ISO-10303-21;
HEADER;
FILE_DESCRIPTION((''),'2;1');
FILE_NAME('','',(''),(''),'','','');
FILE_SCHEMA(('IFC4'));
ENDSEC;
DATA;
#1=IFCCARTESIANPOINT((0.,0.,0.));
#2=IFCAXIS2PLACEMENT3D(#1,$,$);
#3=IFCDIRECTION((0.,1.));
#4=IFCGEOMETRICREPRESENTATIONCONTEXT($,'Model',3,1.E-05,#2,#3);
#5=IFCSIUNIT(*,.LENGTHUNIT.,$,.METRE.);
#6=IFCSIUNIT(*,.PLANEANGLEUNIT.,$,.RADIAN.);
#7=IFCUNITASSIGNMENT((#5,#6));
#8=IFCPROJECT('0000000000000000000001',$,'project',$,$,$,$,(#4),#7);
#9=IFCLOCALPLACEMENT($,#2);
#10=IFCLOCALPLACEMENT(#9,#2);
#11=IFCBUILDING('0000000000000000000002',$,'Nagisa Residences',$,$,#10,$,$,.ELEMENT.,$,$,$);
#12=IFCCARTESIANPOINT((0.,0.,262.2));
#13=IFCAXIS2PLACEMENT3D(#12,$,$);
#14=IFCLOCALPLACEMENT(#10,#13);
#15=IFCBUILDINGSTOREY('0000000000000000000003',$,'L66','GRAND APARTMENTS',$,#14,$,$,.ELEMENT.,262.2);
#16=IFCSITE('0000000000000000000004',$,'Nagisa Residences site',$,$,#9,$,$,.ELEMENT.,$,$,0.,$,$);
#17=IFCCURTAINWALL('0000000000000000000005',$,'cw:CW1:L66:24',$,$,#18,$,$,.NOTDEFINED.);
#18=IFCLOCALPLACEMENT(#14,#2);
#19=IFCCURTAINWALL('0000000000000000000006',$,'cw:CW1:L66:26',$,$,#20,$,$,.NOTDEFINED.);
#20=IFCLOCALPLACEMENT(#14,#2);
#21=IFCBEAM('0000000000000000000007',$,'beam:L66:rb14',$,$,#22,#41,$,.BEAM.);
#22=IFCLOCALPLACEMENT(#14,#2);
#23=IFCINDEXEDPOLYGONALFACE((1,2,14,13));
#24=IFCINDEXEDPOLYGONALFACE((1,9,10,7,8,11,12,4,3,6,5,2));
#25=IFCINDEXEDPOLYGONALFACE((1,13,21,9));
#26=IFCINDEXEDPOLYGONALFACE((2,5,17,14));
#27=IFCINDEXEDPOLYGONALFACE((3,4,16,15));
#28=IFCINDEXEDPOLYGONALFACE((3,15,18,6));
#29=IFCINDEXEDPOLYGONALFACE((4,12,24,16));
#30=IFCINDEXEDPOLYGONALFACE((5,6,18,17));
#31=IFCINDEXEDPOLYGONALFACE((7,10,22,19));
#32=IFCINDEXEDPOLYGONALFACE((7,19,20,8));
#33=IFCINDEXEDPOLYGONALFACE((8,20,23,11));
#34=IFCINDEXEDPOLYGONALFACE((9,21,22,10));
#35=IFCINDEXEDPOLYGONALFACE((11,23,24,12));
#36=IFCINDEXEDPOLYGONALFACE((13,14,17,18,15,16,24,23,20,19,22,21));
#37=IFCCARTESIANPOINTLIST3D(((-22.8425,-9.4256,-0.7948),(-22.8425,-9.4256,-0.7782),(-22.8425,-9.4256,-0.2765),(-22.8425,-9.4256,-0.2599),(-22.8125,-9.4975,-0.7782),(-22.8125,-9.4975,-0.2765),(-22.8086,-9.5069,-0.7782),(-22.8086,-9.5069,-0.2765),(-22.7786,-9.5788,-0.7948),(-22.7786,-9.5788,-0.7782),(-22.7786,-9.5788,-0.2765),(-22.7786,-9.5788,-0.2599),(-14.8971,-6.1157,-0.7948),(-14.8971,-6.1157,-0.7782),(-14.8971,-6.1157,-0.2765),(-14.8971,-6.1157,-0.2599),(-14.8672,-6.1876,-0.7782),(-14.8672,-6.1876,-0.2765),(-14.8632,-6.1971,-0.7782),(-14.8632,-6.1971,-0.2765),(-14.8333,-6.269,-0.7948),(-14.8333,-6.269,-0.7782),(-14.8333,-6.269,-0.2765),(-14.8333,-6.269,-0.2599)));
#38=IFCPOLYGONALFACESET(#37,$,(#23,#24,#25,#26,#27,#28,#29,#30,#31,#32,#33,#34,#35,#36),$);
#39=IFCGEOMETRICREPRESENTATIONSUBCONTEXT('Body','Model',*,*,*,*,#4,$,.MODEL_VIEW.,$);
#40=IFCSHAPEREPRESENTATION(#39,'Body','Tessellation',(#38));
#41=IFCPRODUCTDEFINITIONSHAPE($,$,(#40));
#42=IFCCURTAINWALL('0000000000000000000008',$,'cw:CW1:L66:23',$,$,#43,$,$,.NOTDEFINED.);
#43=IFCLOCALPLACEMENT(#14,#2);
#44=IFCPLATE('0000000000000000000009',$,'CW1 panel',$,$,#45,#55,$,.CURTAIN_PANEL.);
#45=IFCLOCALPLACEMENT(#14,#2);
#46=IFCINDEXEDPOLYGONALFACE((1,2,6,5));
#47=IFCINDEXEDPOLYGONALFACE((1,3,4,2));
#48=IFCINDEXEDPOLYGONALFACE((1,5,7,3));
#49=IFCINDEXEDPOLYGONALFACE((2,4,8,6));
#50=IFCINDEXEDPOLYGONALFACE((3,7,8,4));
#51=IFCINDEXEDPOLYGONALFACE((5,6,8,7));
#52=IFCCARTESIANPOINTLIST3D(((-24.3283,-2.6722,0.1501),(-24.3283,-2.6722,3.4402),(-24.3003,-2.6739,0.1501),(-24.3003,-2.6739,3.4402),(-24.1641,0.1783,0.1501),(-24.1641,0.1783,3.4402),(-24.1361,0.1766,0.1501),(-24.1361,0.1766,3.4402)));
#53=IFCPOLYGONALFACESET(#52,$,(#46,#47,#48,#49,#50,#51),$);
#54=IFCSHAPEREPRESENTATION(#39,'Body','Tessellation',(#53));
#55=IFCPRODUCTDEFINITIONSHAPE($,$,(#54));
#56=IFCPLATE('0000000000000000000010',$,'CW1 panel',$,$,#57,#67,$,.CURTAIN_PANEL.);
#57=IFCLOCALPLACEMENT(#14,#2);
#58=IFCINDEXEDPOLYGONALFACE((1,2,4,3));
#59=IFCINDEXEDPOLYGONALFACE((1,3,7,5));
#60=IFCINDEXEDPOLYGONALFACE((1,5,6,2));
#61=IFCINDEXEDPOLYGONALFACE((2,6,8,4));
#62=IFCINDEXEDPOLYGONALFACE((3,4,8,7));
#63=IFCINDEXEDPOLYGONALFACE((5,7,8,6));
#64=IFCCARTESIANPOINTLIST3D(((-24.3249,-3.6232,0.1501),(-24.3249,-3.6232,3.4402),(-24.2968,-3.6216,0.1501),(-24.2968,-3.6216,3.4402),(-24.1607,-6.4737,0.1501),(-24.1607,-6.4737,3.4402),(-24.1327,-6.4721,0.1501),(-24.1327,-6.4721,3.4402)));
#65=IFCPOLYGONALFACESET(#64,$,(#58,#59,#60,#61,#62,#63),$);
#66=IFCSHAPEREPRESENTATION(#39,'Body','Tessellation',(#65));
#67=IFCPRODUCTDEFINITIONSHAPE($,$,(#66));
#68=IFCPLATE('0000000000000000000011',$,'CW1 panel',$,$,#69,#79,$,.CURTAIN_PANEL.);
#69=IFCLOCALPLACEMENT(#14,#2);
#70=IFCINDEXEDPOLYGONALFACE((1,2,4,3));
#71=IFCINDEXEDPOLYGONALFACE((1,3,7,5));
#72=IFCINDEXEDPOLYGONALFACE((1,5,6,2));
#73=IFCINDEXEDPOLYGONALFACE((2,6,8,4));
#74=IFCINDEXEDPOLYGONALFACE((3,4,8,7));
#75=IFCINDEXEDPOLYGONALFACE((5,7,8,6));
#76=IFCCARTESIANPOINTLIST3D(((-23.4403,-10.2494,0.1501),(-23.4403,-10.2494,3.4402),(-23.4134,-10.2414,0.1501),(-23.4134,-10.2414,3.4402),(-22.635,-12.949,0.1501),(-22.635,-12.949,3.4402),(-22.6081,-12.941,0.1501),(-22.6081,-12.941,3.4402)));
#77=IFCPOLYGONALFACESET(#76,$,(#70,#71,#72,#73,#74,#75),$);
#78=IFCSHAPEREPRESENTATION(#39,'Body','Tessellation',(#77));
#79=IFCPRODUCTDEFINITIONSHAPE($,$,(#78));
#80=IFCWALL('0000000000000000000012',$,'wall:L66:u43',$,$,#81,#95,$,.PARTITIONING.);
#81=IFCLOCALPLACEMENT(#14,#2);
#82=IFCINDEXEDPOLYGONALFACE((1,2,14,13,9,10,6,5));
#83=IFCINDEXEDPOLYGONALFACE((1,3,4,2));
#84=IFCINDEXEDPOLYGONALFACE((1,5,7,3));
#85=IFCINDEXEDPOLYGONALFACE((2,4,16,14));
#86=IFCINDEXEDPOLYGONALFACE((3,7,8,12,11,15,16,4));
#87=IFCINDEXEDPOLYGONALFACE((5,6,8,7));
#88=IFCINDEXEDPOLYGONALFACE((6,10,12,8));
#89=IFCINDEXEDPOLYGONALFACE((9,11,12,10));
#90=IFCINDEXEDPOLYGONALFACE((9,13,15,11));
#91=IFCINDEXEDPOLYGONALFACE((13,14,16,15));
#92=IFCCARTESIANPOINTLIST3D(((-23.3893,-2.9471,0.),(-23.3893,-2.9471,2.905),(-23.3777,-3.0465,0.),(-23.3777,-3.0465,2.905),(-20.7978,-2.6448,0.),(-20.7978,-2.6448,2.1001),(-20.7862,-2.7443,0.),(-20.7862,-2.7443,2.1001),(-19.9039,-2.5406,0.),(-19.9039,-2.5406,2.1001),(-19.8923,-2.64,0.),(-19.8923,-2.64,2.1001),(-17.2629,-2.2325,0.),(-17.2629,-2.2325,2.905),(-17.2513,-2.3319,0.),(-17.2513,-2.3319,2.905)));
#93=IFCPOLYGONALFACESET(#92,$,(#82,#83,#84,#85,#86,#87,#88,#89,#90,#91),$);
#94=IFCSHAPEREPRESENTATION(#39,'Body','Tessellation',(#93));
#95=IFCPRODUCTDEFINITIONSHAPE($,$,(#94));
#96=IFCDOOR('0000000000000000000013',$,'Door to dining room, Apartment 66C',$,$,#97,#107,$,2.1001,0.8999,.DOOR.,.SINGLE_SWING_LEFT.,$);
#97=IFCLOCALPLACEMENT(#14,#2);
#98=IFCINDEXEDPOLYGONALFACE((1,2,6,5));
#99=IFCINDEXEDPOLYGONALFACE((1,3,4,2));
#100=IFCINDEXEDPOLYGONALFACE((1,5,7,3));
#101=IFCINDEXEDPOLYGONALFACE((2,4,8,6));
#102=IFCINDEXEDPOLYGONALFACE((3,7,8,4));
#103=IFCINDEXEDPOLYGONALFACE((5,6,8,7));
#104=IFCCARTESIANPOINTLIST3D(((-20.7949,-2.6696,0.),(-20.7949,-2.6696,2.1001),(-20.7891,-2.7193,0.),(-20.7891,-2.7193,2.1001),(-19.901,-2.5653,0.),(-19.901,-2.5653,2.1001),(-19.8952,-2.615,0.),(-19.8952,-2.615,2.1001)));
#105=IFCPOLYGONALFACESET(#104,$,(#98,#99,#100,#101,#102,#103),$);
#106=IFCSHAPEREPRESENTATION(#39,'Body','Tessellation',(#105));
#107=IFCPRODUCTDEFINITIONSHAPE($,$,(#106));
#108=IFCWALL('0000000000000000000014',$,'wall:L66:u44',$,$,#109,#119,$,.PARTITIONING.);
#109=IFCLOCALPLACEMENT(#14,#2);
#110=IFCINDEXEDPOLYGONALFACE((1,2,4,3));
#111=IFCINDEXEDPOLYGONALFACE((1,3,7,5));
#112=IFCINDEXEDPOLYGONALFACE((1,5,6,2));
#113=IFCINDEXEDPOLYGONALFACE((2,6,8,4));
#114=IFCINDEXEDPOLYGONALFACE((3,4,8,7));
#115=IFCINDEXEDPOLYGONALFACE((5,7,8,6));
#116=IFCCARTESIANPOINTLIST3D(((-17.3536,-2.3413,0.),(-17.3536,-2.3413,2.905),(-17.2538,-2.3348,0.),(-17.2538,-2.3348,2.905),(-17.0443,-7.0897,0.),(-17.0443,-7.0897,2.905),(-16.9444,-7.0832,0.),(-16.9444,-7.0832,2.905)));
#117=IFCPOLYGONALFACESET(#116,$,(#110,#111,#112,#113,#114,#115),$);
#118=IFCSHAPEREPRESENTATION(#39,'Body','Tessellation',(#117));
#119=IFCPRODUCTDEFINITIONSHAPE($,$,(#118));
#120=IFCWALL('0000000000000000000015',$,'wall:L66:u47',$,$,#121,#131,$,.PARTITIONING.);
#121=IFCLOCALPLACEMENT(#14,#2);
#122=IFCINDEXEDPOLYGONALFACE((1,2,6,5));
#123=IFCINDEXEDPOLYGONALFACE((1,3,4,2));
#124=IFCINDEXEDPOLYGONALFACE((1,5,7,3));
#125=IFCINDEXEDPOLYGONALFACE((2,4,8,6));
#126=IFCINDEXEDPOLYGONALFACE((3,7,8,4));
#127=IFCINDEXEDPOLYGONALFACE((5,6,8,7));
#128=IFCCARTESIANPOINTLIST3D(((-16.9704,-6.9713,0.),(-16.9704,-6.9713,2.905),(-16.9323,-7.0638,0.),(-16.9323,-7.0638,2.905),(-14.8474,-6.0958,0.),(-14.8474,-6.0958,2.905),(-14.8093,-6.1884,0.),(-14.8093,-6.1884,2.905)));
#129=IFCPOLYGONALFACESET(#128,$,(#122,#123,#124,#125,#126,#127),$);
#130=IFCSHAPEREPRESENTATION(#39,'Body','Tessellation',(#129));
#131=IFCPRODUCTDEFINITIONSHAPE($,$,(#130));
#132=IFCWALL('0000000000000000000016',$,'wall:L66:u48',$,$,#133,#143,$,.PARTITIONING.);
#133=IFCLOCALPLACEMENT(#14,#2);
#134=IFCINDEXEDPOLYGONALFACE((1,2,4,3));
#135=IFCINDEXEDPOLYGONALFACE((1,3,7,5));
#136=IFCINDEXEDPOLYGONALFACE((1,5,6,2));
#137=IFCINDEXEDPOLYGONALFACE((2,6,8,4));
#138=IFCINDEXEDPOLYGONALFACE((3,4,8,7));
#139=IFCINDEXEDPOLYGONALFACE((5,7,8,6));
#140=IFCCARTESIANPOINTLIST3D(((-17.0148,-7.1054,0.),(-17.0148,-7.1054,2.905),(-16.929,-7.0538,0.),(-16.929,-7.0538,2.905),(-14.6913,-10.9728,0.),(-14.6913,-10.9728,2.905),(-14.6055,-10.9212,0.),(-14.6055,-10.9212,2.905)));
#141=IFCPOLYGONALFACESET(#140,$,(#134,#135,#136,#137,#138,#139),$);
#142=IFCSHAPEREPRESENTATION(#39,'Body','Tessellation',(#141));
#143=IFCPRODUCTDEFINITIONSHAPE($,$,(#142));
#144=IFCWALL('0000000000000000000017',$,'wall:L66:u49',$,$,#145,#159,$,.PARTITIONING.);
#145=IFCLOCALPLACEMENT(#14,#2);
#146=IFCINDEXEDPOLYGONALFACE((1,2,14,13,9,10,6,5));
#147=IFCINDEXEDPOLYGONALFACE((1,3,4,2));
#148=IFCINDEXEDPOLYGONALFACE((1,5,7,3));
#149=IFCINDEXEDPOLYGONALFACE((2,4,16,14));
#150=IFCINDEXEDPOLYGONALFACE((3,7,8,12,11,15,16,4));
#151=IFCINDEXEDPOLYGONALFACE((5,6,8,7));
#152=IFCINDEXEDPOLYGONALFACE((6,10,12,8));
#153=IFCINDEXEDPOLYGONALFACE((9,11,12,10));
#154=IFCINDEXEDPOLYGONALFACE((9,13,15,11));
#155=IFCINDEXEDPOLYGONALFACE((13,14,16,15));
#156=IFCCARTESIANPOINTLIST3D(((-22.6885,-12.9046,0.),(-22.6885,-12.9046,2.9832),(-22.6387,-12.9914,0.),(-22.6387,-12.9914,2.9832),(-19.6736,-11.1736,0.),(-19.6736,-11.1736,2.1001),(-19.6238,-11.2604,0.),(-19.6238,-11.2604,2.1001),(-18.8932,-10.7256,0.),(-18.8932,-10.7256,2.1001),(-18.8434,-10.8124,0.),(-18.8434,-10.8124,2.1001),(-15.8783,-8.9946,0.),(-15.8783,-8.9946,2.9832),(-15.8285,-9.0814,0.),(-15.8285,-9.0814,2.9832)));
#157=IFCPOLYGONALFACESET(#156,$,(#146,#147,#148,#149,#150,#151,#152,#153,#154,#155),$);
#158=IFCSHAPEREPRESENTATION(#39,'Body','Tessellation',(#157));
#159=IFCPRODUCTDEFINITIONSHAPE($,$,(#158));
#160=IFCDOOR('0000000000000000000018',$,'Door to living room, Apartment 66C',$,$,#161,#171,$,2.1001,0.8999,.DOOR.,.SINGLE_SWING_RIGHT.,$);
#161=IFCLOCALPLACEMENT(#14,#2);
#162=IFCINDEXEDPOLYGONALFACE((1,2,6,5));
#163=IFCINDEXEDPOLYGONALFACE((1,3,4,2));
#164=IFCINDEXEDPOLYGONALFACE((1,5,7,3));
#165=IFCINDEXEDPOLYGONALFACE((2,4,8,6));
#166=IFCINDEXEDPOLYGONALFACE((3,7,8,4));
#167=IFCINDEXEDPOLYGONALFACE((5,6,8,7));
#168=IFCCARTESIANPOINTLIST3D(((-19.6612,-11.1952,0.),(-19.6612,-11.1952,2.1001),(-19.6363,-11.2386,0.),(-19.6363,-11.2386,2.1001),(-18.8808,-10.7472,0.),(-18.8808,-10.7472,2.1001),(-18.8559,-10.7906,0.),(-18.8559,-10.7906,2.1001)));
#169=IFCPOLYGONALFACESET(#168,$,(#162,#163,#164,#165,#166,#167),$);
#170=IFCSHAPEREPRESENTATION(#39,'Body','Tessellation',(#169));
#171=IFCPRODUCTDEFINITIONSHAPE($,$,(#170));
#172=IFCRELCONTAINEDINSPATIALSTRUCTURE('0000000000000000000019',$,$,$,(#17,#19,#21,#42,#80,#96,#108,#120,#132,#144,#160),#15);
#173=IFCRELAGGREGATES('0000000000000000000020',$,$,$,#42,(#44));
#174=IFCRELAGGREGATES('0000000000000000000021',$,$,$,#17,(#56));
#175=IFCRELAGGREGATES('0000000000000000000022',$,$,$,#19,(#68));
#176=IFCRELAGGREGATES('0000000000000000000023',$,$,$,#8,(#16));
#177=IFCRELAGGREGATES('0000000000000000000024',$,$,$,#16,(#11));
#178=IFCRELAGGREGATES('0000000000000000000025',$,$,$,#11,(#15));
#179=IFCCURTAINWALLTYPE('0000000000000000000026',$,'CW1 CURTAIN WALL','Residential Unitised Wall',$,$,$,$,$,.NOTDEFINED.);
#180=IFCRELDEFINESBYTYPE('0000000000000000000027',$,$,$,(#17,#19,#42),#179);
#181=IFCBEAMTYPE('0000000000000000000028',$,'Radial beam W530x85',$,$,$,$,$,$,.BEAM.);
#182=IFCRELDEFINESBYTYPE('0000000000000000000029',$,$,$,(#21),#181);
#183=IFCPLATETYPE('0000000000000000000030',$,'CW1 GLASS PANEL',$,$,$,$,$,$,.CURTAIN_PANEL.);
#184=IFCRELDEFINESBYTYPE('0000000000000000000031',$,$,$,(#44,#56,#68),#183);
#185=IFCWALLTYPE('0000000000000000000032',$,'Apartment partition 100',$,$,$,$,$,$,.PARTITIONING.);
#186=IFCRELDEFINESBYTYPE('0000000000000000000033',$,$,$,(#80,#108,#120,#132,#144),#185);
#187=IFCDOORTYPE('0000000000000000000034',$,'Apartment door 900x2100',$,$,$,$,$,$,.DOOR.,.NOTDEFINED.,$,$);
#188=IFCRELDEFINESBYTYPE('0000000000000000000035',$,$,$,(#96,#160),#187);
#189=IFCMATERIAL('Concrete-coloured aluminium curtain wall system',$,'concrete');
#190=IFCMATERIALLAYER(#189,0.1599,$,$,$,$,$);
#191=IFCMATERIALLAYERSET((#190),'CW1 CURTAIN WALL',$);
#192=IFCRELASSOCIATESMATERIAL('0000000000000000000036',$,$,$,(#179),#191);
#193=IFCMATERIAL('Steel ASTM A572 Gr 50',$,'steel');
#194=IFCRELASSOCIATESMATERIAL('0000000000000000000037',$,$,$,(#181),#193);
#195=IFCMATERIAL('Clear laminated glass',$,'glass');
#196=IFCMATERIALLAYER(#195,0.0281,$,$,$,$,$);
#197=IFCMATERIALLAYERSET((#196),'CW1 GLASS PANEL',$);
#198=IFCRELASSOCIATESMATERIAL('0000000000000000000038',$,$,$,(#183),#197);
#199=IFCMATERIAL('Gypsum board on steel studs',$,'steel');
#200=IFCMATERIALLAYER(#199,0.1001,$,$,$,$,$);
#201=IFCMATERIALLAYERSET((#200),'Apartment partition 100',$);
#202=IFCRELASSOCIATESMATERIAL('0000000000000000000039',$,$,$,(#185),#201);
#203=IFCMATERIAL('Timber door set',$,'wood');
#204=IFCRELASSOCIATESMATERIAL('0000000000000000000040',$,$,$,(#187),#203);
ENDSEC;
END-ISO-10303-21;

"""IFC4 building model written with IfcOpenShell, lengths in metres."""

from ifc_helpers import new_model, si_unit, direction, frame, frame_2d, origin, origin_2d, place, context, subcontext, project, spatial, rectangle, i_section, extrude, material, layer, layer_set, material_profile, profile_set, type_object, element, fill, aggregate, save


model = new_model("IFC4")

# Units and contexts
model_context = context("Model", 3, precision=1e-05, world=origin(), true_north=direction((0.0, 1.0)))
body_context = subcontext(model_context, "Body", "Model", "MODEL_VIEW")
ifc_project = project(units=[si_unit("LENGTHUNIT", "METRE"), si_unit("PLANEANGLEUNIT", "RADIAN")], contexts=[model_context])

# Site, building, storey
site_placement = place(None, origin())
site = spatial("IfcSite", under=ifc_project, at=site_placement, Name="Nagisa Residences site", CompositionType="ELEMENT", RefElevation=0.0)
building_placement = place(site_placement, origin())
building = spatial("IfcBuilding", under=site, at=building_placement, Name="Nagisa Residences", CompositionType="ELEMENT")
storey_placement = place(building_placement, frame((0.0, 0.0, 262.2)))
storey = spatial("IfcBuildingStorey", under=building, at=storey_placement, Name="L66", Description="GRAND APARTMENTS", CompositionType="ELEMENT", Elevation=262.2)

# Curtain walls
ifc_material_1 = material(Name="Concrete-coloured aluminium curtain wall system", Category="concrete")
ifc_layer_1 = layer(ifc_material_1, 0.1599)
ifc_layer_set_1 = layer_set([ifc_layer_1], Name="CW1 CURTAIN WALL")
curtain_wall_type = type_object("IfcCurtainWallType", Name="CW1 CURTAIN WALL", Description="Residential Unitised Wall", PredefinedType="NOTDEFINED", material=ifc_layer_set_1)
curtain_wall_1_placement = place(storey_placement, origin())
curtain_wall_1 = element("IfcCurtainWall", 1, at=curtain_wall_1_placement, inside=storey, type_object=curtain_wall_type, Name="cw:CW1:L66:24", PredefinedType="NOTDEFINED")
curtain_wall_2_placement = place(storey_placement, origin())
curtain_wall_2 = element("IfcCurtainWall", 2, at=curtain_wall_2_placement, inside=storey, type_object=curtain_wall_type, Name="cw:CW1:L66:26", PredefinedType="NOTDEFINED")

# Beam
ifc_material_2 = material(Name="Steel ASTM A572 Gr 50", Category="steel")
ifc_material_profile_1 = material_profile(ifc_material_2, i_section(OverallWidth=0.166, OverallDepth=0.5349, WebThickness=0.0103, FlangeThickness=0.0166, at=origin_2d()), Name="W530x85")
ifc_profile_set_1 = profile_set([ifc_material_profile_1], Name="Steel ASTM A572 Gr 50")
beam_type_1 = type_object("IfcBeamType", Name="Radial beam W530x85", PredefinedType="BEAM", material=ifc_profile_set_1)
beam_1_placement = place(storey_placement, frame((-22.8105, -9.5022, -0.5273), z_axis=(0.923107, 0.384543, 0.0), x_axis=(-0.384543, 0.923107, 0.0)))
element("IfcBeam", 3, at=beam_1_placement, inside=storey, type_object=beam_type_1, Name="beam:L66:rb14", PredefinedType="BEAM", context=body_context, shape_type="SweptSolid", body=[
    extrude(i_section(OverallWidth=0.166, OverallDepth=0.5349, WebThickness=0.0103, FlangeThickness=0.0166, at=origin_2d()), origin(), (0.0, 0.0, 1.0), 8.6072),
])

# Curtain wall, plate
curtain_wall_3_placement = place(storey_placement, origin())
curtain_wall_3 = element("IfcCurtainWall", 4, at=curtain_wall_3_placement, inside=storey, type_object=curtain_wall_type, Name="cw:CW1:L66:23", PredefinedType="NOTDEFINED")
ifc_material_3 = material(Name="Clear laminated glass", Category="glass")
ifc_layer_2 = layer(ifc_material_3, 0.0281)
ifc_layer_set_2 = layer_set([ifc_layer_2], Name="CW1 GLASS PANEL")
plate_type = type_object("IfcPlateType", Name="CW1 GLASS PANEL", PredefinedType="CURTAIN_PANEL", material=ifc_layer_set_2)
plate_1_placement = place(storey_placement, frame((-24.2322, -1.2478, 0.1501), z_axis=(0.0, 0.0, 1.0), x_axis=(-0.057503, -0.998345, 0.0)))
plate_1 = element("IfcPlate", 5, at=plate_1_placement, type_object=plate_type, Name="CW1 panel", PredefinedType="CURTAIN_PANEL", context=body_context, shape_type="SweptSolid", body=[
    extrude(rectangle(XDim=2.8552, YDim=0.0281, at=origin_2d()), origin(), (0.0, 0.0, 1.0), 3.29),
])
aggregate(curtain_wall_3, [plate_1])

# Plates
plate_2_placement = place(storey_placement, frame((-24.2288, -5.0476, 0.1501), z_axis=(0.0, 0.0, 1.0), x_axis=(0.057503, -0.998345, 0.0)))
plate_2 = element("IfcPlate", 6, at=plate_2_placement, type_object=plate_type, Name="CW1 panel", PredefinedType="CURTAIN_PANEL", context=body_context, shape_type="SweptSolid", body=[
    extrude(rectangle(XDim=2.8552, YDim=0.0281, at=origin_2d()), origin(), (0.0, 0.0, 1.0), 3.29),
])
aggregate(curtain_wall_1, [plate_2])
plate_3_placement = place(storey_placement, frame((-23.0242, -11.5952, 0.1501), z_axis=(0.0, 0.0, 1.0), x_axis=(0.28586, -0.958271, 0.0)))
plate_3 = element("IfcPlate", 7, at=plate_3_placement, type_object=plate_type, Name="CW1 panel", PredefinedType="CURTAIN_PANEL", context=body_context, shape_type="SweptSolid", body=[
    extrude(rectangle(XDim=2.8171, YDim=0.0281, at=origin_2d()), origin(), (0.0, 0.0, 1.0), 3.29),
])
aggregate(curtain_wall_2, [plate_3])

# Wall, opening, door
ifc_material_4 = material(Name="Gypsum board on steel studs", Category="steel")
ifc_layer_3 = layer(ifc_material_4, 0.1001)
ifc_layer_set_3 = layer_set([ifc_layer_3], Name="Apartment partition 100")
wall_type_1 = type_object("IfcWallType", Name="Apartment partition 100", PredefinedType="PARTITIONING", material=ifc_layer_set_3)
wall_1_placement = place(storey_placement, frame((-17.2571, -2.2822, 0.0), z_axis=(0.0, 0.0, 1.0), x_axis=(-0.993266, -0.115856, 0.0)))
wall_1 = element("IfcWall", 8, at=wall_1_placement, inside=storey, type_object=wall_type_1, Name="wall:L66:u43", PredefinedType="PARTITIONING", context=body_context, shape_type="SweptSolid", body=[
    extrude(rectangle(XDim=6.168, YDim=0.1001, at=frame_2d((3.084, 0.0))), origin(), (0.0, 0.0, 1.0), 2.905),
])
opening_1_placement = place(wall_1_placement, frame((2.6589, 0.0, 0.0)))
opening_1 = element("IfcOpeningElement", 9, at=opening_1_placement, cuts=wall_1, PredefinedType="OPENING", context=body_context, shape_type="SweptSolid", body=[
    extrude(rectangle(XDim=0.8999, YDim=2.1001, at=frame_2d((0.45, 1.05))), frame((0.0, 0.0601, 0.0), z_axis=(0.0, -1.0, 0.0), x_axis=(1.0, 0.0, 0.0)), (0.0, 0.0, 1.0), 0.1201),
])
ifc_material_5 = material(Name="Timber door set", Category="wood")
door_type_1 = type_object("IfcDoorType", Name="Apartment door 900x2100", OperationType="NOTDEFINED", PredefinedType="DOOR", material=ifc_material_5)
door_1_placement = place(opening_1_placement, origin())
door_1 = element("IfcDoor", 10, at=door_1_placement, inside=storey, type_object=door_type_1, Name="Door to dining room, Apartment 66C", OperationType="SINGLE_SWING_LEFT", OverallHeight=2.1001, OverallWidth=0.8999, PredefinedType="DOOR", context=body_context, shape_type="SweptSolid", body=[
    extrude(rectangle(XDim=0.8999, YDim=2.1001, at=frame_2d((0.45, 1.05))), frame((0.0, 0.0249, 0.0), z_axis=(0.0, -1.0, 0.0), x_axis=(1.0, 0.0, 0.0)), (0.0, 0.0, 1.0), 0.05),
])
fill(opening_1, door_1)

# Walls
wall_2_placement = place(storey_placement, frame((-17.3037, -2.3379, 0.0), z_axis=(0.0, 0.0, 1.0), x_axis=(0.065004, -0.997885, 0.0)))
element("IfcWall", 11, at=wall_2_placement, inside=storey, type_object=wall_type_1, Name="wall:L66:u44", PredefinedType="PARTITIONING", context=body_context, shape_type="SweptSolid", body=[
    extrude(rectangle(XDim=4.7585, YDim=0.1001, at=frame_2d((2.3794, 0.0))), origin(), (0.0, 0.0, 1.0), 2.905),
])
wall_3_placement = place(storey_placement, frame((-14.8284, -6.1421, 0.0), z_axis=(0.0, 0.0, 1.0), x_axis=(-0.92448, -0.381231, 0.0)))
element("IfcWall", 12, at=wall_3_placement, inside=storey, type_object=wall_type_1, Name="wall:L66:u47", PredefinedType="PARTITIONING", context=body_context, shape_type="SweptSolid", body=[
    extrude(rectangle(XDim=2.2964, YDim=0.1001, at=frame_2d((1.1482, 0.0))), origin(), (0.0, 0.0, 1.0), 2.905),
])
wall_4_placement = place(storey_placement, frame((-16.9719, -7.0796, 0.0), z_axis=(0.0, 0.0, 1.0), x_axis=(0.514989, -0.857197, 0.0)))
element("IfcWall", 13, at=wall_4_placement, inside=storey, type_object=wall_type_1, Name="wall:L66:u48", PredefinedType="PARTITIONING", context=body_context, shape_type="SweptSolid", body=[
    extrude(rectangle(XDim=4.5117, YDim=0.1001, at=frame_2d((2.2559, 0.0))), origin(), (0.0, 0.0, 1.0), 2.905),
])

# Wall, opening, door
wall_5_placement = place(storey_placement, frame((-15.8535, -9.0381, 0.0), z_axis=(0.0, 0.0, 1.0), x_axis=(-0.867229, -0.497909, 0.0)))
wall_5 = element("IfcWall", 14, at=wall_5_placement, inside=storey, type_object=wall_type_1, Name="wall:L66:u49", PredefinedType="PARTITIONING", context=body_context, shape_type="SweptSolid", body=[
    extrude(rectangle(XDim=7.8528, YDim=0.1001, at=frame_2d((3.9263, 0.0))), origin(), (0.0, 0.0, 1.0), 2.9832),
])
opening_2_placement = place(wall_5_placement, frame((3.4763, 0.0, 0.0)))
opening_2 = element("IfcOpeningElement", 15, at=opening_2_placement, cuts=wall_5, PredefinedType="OPENING", context=body_context, shape_type="SweptSolid", body=[
    extrude(rectangle(XDim=0.8999, YDim=2.1001, at=frame_2d((0.45, 1.05))), frame((0.0, 0.0601, 0.0), z_axis=(0.0, -1.0, 0.0), x_axis=(1.0, 0.0, 0.0)), (0.0, 0.0, 1.0), 0.1201),
])
door_2_placement = place(opening_2_placement, origin())
door_2 = element("IfcDoor", 16, at=door_2_placement, inside=storey, type_object=door_type_1, Name="Door to living room, Apartment 66C", OperationType="SINGLE_SWING_RIGHT", OverallHeight=2.1001, OverallWidth=0.8999, PredefinedType="DOOR", context=body_context, shape_type="SweptSolid", body=[
    extrude(rectangle(XDim=0.8999, YDim=2.1001, at=frame_2d((0.45, 1.05))), frame((0.0, 0.0249, 0.0), z_axis=(0.0, -1.0, 0.0), x_axis=(1.0, 0.0, 0.0)), (0.0, 0.0, 1.0), 0.05),
])
fill(opening_2, door_2)

save(model, "model.ifc")
